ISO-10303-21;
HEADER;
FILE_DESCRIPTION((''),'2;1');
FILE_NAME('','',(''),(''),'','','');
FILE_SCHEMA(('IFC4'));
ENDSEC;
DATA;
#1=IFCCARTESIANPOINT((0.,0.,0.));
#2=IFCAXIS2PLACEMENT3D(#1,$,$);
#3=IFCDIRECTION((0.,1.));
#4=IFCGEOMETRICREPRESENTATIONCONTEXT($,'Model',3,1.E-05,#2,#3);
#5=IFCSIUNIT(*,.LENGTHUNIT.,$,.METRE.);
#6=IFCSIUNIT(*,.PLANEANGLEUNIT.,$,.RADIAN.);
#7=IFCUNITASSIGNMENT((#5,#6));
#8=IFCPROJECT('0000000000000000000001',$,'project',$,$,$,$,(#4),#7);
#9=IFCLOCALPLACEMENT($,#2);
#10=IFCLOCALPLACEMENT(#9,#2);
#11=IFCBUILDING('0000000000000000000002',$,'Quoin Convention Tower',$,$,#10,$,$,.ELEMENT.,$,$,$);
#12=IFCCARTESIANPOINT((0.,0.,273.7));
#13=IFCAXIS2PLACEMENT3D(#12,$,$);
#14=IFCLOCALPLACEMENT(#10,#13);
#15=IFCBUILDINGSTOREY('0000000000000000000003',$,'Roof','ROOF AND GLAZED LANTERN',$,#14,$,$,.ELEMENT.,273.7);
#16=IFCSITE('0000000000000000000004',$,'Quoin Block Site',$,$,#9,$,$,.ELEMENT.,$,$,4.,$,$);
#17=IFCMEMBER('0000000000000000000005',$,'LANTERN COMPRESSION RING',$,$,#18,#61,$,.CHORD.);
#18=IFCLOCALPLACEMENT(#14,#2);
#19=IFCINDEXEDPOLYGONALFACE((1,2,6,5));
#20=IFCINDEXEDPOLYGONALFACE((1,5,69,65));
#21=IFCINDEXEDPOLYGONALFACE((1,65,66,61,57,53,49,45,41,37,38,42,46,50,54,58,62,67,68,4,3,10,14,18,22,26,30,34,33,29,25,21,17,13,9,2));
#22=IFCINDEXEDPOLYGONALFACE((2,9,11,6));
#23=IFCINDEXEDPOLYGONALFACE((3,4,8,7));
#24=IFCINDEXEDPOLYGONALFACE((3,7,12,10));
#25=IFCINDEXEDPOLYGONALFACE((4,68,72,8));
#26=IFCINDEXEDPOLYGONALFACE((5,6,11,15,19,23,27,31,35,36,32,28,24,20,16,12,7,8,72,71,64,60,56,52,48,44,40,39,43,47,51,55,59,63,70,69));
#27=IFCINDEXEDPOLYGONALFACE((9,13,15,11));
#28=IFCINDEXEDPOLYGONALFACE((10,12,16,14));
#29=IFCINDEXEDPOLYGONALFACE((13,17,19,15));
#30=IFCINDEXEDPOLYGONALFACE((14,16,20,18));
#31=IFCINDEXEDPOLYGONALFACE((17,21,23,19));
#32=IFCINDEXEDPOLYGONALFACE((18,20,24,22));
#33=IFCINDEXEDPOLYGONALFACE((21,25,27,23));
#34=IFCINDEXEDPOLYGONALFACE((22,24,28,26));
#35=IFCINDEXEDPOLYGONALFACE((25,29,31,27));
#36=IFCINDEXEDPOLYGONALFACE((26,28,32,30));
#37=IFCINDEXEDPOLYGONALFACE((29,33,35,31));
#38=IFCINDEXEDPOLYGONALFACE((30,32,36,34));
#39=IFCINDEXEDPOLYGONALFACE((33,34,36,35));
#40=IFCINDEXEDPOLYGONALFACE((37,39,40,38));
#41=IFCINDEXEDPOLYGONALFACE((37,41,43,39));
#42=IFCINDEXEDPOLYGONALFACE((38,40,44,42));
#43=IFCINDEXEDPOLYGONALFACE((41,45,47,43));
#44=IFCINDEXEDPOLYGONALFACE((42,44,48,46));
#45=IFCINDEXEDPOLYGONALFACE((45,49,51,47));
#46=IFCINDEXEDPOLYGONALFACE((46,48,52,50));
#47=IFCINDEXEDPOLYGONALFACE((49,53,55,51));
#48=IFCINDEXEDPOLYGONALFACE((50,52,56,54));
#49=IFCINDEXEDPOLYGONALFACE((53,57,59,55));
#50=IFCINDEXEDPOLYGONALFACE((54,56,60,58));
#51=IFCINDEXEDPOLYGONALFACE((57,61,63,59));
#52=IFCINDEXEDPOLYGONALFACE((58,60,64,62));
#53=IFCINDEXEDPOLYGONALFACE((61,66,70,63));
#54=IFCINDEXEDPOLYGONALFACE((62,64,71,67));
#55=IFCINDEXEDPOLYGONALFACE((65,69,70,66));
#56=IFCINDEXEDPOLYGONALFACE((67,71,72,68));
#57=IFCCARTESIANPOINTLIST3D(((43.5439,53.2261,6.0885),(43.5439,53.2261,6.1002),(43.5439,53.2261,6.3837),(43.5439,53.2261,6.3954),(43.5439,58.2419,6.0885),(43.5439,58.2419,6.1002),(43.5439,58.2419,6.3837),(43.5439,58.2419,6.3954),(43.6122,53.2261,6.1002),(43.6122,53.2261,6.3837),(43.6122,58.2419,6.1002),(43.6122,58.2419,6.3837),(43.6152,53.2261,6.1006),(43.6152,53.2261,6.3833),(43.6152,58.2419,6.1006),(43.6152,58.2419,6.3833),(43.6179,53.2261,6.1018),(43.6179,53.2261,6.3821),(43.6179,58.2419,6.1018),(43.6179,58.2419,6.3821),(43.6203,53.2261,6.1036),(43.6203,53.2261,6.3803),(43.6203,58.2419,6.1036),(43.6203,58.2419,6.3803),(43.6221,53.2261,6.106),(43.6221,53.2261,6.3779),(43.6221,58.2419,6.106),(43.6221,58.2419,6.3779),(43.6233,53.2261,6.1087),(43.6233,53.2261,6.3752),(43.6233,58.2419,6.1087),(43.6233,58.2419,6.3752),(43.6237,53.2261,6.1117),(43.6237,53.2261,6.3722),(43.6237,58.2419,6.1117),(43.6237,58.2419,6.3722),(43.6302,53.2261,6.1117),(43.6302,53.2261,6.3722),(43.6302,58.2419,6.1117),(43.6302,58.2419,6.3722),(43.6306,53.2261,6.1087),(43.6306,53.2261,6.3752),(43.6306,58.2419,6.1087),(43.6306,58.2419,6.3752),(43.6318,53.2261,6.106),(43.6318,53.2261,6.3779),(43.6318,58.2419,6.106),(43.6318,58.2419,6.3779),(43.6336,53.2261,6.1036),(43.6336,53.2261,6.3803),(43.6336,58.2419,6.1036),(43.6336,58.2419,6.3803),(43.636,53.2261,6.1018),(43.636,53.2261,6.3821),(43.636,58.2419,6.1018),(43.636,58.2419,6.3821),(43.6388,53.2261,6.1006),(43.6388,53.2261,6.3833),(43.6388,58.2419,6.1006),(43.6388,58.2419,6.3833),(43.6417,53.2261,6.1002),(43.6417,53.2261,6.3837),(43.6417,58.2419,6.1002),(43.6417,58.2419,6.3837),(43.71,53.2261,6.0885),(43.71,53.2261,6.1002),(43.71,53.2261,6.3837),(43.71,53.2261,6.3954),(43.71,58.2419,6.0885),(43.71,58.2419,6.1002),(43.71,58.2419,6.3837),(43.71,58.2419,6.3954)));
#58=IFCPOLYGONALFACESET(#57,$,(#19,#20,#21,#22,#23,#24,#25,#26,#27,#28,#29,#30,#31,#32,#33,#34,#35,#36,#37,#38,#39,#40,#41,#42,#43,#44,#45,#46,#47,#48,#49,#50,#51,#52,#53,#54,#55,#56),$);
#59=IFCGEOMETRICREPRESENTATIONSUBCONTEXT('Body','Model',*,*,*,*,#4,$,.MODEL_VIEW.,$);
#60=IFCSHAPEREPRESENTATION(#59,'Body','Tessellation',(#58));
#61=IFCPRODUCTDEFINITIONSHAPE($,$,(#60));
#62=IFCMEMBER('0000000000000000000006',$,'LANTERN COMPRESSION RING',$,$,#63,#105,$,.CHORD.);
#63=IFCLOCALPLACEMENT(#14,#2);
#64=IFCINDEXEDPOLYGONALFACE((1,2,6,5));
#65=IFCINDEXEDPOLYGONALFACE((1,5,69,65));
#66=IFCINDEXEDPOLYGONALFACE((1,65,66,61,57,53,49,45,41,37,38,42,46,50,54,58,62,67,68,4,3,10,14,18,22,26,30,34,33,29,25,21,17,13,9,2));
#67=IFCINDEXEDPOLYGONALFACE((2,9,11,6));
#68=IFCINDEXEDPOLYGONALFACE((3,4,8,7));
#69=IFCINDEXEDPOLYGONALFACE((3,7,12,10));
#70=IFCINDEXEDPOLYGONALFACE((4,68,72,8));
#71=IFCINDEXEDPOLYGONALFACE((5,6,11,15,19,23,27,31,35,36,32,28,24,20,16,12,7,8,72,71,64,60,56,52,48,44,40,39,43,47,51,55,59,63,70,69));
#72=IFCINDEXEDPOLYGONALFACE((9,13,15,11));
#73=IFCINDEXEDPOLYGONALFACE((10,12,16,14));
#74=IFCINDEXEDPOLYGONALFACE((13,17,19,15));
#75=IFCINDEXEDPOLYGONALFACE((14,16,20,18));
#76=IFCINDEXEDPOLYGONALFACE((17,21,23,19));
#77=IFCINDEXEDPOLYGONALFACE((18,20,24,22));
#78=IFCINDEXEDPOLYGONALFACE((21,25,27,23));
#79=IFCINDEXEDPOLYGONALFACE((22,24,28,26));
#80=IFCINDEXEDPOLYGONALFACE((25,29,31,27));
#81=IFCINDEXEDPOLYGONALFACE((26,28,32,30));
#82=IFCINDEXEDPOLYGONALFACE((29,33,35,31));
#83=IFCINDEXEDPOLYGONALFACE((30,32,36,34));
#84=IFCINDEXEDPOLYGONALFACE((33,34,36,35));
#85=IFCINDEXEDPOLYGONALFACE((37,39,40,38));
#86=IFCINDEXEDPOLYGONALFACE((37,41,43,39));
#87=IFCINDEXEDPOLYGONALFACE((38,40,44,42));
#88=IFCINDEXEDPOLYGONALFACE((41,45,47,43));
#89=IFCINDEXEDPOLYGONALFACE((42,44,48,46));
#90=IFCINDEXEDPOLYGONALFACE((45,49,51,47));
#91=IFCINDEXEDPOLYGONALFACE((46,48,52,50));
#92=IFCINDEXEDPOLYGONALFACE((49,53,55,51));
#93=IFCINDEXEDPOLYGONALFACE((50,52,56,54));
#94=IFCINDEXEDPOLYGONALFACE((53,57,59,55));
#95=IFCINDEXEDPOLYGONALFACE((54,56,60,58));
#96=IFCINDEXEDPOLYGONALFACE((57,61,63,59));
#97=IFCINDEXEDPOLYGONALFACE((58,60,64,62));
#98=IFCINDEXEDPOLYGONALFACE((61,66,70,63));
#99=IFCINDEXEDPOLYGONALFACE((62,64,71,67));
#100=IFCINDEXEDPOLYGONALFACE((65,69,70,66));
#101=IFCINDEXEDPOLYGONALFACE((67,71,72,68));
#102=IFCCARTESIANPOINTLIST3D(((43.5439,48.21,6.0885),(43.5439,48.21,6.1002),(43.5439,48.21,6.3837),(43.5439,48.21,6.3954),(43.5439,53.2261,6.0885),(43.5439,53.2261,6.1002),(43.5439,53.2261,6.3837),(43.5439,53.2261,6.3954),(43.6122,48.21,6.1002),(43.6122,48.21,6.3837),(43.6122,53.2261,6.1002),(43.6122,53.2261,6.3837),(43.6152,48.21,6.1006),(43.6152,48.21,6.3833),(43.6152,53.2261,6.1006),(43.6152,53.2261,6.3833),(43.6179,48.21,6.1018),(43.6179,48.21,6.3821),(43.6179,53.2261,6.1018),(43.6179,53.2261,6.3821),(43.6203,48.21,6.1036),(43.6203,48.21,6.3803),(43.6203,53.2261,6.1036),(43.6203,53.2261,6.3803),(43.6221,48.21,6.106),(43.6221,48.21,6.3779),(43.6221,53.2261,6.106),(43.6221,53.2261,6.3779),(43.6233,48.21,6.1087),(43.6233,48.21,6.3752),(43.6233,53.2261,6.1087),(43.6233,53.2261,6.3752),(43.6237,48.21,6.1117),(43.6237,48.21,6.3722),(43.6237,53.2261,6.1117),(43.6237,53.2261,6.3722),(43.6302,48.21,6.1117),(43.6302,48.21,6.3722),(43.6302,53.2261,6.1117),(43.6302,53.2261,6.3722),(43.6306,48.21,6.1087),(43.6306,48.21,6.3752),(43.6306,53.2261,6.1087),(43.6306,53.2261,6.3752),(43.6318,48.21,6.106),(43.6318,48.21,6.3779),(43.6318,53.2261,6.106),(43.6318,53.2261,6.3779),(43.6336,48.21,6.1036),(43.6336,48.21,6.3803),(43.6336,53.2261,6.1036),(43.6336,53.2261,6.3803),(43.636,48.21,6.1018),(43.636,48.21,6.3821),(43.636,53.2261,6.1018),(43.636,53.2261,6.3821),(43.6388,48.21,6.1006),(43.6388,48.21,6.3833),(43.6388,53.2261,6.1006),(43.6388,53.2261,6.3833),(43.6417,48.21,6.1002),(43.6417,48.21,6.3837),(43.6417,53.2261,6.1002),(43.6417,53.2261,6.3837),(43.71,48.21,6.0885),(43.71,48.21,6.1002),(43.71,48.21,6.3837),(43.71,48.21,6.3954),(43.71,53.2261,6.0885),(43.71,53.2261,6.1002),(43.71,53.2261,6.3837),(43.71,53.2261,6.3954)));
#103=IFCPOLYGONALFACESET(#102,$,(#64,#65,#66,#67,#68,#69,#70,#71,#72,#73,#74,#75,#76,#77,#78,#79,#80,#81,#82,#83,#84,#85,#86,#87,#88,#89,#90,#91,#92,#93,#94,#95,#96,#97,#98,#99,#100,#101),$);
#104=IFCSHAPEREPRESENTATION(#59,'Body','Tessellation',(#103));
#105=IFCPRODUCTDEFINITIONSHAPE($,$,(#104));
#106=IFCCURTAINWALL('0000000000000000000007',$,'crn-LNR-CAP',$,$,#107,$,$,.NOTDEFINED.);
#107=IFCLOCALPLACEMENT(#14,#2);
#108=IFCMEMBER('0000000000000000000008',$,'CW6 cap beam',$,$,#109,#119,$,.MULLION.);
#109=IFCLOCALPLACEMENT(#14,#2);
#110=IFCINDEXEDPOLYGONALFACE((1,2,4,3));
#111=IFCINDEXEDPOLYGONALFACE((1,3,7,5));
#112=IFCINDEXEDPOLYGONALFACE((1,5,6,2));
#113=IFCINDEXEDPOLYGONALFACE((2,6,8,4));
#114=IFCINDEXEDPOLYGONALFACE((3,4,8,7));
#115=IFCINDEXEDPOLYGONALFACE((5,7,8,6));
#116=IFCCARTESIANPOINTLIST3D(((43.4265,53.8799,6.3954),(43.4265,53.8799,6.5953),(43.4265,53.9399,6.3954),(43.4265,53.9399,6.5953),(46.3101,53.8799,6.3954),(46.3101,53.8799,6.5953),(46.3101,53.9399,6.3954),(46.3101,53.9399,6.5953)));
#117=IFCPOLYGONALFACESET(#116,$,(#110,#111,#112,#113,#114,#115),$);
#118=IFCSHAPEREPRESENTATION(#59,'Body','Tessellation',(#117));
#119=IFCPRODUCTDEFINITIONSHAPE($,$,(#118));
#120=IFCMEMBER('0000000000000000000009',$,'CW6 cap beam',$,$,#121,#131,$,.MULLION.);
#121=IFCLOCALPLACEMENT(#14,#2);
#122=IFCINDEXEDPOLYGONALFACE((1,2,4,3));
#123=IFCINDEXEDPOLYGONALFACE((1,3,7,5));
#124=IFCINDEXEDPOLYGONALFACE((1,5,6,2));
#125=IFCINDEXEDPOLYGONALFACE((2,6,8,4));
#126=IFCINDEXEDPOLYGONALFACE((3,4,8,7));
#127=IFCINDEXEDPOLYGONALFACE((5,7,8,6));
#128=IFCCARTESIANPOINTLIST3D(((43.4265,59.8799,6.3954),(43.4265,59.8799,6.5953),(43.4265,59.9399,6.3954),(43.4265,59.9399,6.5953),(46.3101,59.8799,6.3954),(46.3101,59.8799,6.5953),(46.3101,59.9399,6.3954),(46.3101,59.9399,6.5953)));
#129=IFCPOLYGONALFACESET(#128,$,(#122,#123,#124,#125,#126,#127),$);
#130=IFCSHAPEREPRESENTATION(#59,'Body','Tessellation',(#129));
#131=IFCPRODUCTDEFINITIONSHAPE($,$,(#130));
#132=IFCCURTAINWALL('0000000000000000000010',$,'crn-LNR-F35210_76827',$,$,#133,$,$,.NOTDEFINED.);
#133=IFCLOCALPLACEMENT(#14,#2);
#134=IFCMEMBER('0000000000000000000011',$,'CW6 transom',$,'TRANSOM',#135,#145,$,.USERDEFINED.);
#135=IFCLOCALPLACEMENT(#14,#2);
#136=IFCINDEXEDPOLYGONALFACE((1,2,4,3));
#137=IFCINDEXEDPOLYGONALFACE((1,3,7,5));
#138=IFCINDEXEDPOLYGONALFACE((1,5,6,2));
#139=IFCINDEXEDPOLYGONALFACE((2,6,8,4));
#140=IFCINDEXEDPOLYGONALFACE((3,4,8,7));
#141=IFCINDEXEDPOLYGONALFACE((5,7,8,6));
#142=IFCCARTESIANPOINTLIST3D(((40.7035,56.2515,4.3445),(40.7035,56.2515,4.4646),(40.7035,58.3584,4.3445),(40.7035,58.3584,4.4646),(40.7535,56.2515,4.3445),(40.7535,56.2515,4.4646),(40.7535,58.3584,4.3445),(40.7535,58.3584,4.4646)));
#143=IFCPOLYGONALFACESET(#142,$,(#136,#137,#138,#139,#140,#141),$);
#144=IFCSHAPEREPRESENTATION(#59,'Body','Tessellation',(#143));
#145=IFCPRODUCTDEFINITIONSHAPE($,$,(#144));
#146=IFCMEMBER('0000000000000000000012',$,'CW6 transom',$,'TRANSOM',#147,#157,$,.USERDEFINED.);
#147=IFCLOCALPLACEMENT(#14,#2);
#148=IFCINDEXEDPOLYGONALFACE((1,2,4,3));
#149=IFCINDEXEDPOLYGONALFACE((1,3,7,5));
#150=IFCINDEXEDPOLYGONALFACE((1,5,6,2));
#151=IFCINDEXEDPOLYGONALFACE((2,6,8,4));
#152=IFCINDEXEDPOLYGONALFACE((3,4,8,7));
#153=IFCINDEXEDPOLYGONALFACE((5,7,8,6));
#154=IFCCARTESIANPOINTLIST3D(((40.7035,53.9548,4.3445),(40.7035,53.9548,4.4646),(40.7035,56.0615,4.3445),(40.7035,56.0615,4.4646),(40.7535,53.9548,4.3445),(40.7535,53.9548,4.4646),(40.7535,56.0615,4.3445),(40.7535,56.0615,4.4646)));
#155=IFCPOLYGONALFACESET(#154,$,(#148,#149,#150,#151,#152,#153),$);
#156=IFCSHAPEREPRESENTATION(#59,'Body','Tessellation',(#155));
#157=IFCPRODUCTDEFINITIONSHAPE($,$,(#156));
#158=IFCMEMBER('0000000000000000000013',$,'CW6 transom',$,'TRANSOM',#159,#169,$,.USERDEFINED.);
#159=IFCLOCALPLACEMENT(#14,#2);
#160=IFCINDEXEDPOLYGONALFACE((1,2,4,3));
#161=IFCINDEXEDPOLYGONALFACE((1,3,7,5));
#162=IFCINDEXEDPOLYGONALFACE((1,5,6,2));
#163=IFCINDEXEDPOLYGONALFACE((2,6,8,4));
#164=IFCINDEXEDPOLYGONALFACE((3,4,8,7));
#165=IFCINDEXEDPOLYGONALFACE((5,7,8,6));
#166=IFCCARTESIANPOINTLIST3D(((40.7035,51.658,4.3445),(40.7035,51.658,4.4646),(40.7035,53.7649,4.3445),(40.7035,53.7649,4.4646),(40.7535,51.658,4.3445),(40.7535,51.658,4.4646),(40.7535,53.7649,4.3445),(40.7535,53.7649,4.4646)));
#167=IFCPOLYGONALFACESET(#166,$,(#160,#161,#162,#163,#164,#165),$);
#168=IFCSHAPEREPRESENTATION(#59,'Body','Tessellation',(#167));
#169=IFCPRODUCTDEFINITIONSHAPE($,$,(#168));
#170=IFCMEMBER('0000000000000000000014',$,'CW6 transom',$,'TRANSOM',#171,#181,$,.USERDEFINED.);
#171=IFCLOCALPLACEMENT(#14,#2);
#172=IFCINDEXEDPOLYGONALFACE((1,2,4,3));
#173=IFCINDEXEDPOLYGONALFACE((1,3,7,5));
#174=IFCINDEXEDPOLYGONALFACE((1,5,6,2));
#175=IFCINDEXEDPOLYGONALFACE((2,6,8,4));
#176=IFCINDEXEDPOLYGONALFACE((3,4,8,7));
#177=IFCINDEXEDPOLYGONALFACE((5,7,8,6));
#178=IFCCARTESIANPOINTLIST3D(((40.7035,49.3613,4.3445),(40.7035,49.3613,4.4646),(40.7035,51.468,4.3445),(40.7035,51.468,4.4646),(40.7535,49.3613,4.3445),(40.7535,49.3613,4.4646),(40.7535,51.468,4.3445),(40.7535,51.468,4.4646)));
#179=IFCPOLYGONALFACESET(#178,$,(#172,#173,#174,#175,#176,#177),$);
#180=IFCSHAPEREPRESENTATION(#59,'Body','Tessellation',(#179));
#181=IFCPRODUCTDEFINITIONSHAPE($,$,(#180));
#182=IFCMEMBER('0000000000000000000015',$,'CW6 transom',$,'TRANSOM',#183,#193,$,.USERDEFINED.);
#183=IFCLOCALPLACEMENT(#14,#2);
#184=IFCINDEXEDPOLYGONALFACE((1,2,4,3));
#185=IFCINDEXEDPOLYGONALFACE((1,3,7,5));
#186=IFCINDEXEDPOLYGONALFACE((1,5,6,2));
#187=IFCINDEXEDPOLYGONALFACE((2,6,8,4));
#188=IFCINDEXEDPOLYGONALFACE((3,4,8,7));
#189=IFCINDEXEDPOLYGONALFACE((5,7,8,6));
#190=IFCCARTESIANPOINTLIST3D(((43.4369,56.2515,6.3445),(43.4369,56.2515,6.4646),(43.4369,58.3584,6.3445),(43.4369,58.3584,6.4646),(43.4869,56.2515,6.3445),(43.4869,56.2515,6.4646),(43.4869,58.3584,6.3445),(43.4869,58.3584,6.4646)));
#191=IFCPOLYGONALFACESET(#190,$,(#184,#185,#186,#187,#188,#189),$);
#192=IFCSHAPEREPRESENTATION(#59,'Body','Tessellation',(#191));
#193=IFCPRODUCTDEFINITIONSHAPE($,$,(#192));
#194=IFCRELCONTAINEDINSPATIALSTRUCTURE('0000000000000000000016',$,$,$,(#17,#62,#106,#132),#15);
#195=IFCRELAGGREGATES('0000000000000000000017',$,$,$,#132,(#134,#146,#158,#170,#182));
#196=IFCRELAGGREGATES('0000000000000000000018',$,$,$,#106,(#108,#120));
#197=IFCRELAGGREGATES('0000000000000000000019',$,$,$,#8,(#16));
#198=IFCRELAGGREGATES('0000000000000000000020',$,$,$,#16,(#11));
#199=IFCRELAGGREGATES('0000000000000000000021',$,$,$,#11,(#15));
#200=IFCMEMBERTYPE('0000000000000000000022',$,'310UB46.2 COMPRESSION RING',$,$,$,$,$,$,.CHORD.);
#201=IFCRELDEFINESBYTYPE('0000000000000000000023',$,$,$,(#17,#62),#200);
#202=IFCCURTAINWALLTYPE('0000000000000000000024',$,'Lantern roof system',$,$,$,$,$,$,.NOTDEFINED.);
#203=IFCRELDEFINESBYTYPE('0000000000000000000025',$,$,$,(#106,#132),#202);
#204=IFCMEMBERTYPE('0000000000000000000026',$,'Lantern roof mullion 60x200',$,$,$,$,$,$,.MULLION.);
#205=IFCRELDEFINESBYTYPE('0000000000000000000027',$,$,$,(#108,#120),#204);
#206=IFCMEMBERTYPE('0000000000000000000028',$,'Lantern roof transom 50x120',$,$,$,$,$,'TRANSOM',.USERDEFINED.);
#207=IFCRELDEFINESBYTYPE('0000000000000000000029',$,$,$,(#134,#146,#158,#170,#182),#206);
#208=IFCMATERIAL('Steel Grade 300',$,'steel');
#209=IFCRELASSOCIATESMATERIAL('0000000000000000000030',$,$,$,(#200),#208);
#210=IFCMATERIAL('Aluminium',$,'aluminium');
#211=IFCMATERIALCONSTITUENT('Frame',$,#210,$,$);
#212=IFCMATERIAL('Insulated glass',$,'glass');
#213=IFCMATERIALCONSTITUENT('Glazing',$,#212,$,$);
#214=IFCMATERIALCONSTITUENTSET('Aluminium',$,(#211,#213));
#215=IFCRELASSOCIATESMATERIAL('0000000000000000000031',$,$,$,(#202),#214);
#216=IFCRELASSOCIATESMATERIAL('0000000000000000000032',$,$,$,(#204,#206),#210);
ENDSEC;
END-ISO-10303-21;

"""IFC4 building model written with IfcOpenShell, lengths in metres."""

from ifc_helpers import new_model, si_unit, direction, frame, origin, origin_2d, place, context, subcontext, project, spatial, rectangle, i_section, extrude, material, constituent, constituent_set, material_profile, profile_set, type_object, element, aggregate, save


model = new_model("IFC4")

# Units and contexts
model_context = context("Model", 3, precision=1e-05, world=origin(), true_north=direction((0.0, 1.0)))
body_context = subcontext(model_context, "Body", "Model", "MODEL_VIEW")
ifc_project = project(units=[si_unit("LENGTHUNIT", "METRE"), si_unit("PLANEANGLEUNIT", "RADIAN")], contexts=[model_context])

# Site, building, storey
site_placement = place(None, origin())
site = spatial("IfcSite", under=ifc_project, at=site_placement, Name="Quoin Block Site", CompositionType="ELEMENT", RefElevation=4.0)
building_placement = place(site_placement, origin())
building = spatial("IfcBuilding", under=site, at=building_placement, Name="Quoin Convention Tower", CompositionType="ELEMENT")
storey_placement = place(building_placement, frame((0.0, 0.0, 273.7)))
storey = spatial("IfcBuildingStorey", under=building, at=storey_placement, Name="Roof", Description="ROOF AND GLAZED LANTERN", CompositionType="ELEMENT", Elevation=273.7)

# Members
ifc_material_1 = material(Name="Steel Grade 300", Category="steel")
ifc_material_profile_1 = material_profile(ifc_material_1, i_section(OverallWidth=0.166, OverallDepth=0.3069, WebThickness=0.0066, FlangeThickness=0.0117, FilletRadius=0.0115, at=origin_2d()), Name="310UB46.2")
ifc_profile_set_1 = profile_set([ifc_material_profile_1], Name="Steel Grade 300")
member_type_1 = type_object("IfcMemberType", Name="310UB46.2 COMPRESSION RING", PredefinedType="CHORD", material=ifc_profile_set_1)
member_1_placement = place(storey_placement, frame((43.627, 58.2419, 6.2419), z_axis=(0.0, -1.0, 0.0), x_axis=(1.0, 0.0, 0.0)))
element("IfcMember", 1, at=member_1_placement, inside=storey, type_object=member_type_1, Name="LANTERN COMPRESSION RING", PredefinedType="CHORD", context=body_context, shape_type="SweptSolid", body=[
    extrude(i_section(OverallWidth=0.166, OverallDepth=0.3069, WebThickness=0.0066, FlangeThickness=0.0117, FilletRadius=0.0115, at=origin_2d()), origin(), (0.0, 0.0, 1.0), 5.0159),
])
member_2_placement = place(storey_placement, frame((43.627, 53.2261, 6.2419), z_axis=(0.0, -1.0, 0.0), x_axis=(1.0, 0.0, 0.0)))
element("IfcMember", 2, at=member_2_placement, inside=storey, type_object=member_type_1, Name="LANTERN COMPRESSION RING", PredefinedType="CHORD", context=body_context, shape_type="SweptSolid", body=[
    extrude(i_section(OverallWidth=0.166, OverallDepth=0.3069, WebThickness=0.0066, FlangeThickness=0.0117, FilletRadius=0.0115, at=origin_2d()), origin(), (0.0, 0.0, 1.0), 5.0161),
])

# Curtain walls, members
ifc_material_2 = material(Name="Aluminium", Category="aluminium")
ifc_constituent_1 = constituent(ifc_material_2, Name="Frame")
ifc_material_3 = material(Name="Insulated glass", Category="glass")
ifc_constituent_2 = constituent(ifc_material_3, Name="Glazing")
ifc_constituent_set = constituent_set(constituents=[ifc_constituent_1, ifc_constituent_2], Name="Aluminium")
curtain_wall_type = type_object("IfcCurtainWallType", Name="Lantern roof system", PredefinedType="NOTDEFINED", material=ifc_constituent_set)
curtain_wall_1_placement = place(storey_placement, origin())
curtain_wall_1 = element("IfcCurtainWall", 3, at=curtain_wall_1_placement, inside=storey, type_object=curtain_wall_type, Name="crn-LNR-CAP", PredefinedType="NOTDEFINED")
ifc_material_profile_2 = material_profile(ifc_material_2, rectangle(XDim=0.2, YDim=0.0601, at=origin_2d()), Name="Lantern roof mullion 60x200")
ifc_profile_set_2 = profile_set([ifc_material_profile_2], Name="Aluminium")
member_type_2 = type_object("IfcMemberType", Name="Lantern roof mullion 60x200", PredefinedType="MULLION", material=ifc_profile_set_2)
member_3_placement = place(storey_placement, frame((43.4265, 53.9099, 6.4954), z_axis=(1.0, 0.0, 0.0), x_axis=(0.0, 0.0, 1.0)))
member_3 = element("IfcMember", 4, at=member_3_placement, type_object=member_type_2, Name="CW6 cap beam", PredefinedType="MULLION", context=body_context, shape_type="SweptSolid", body=[
    extrude(rectangle(XDim=0.2, YDim=0.0601, at=origin_2d()), origin(), (0.0, 0.0, 1.0), 2.8835),
])
member_4_placement = place(storey_placement, frame((43.4265, 59.9099, 6.4954), z_axis=(1.0, 0.0, 0.0), x_axis=(0.0, 0.0, 1.0)))
member_4 = element("IfcMember", 5, at=member_4_placement, type_object=member_type_2, Name="CW6 cap beam", PredefinedType="MULLION", context=body_context, shape_type="SweptSolid", body=[
    extrude(rectangle(XDim=0.2, YDim=0.0601, at=origin_2d()), origin(), (0.0, 0.0, 1.0), 2.8835),
])
curtain_wall_2_placement = place(storey_placement, origin())
curtain_wall_2 = element("IfcCurtainWall", 6, at=curtain_wall_2_placement, inside=storey, type_object=curtain_wall_type, Name="crn-LNR-F35210_76827", PredefinedType="NOTDEFINED")
ifc_material_profile_3 = material_profile(ifc_material_2, rectangle(XDim=0.1201, YDim=0.05, at=origin_2d()), Name="Lantern roof transom 50x120")
ifc_profile_set_3 = profile_set([ifc_material_profile_3], Name="Aluminium")
member_type_3 = type_object("IfcMemberType", Name="Lantern roof transom 50x120", ElementType="TRANSOM", PredefinedType="USERDEFINED", material=ifc_profile_set_3)
member_5_placement = place(storey_placement, frame((40.7285, 58.3584, 4.4045), z_axis=(0.0, -1.0, 0.0), x_axis=(0.0, 0.0, 1.0)))
member_5 = element("IfcMember", 7, at=member_5_placement, type_object=member_type_3, Name="CW6 transom", ObjectType="TRANSOM", PredefinedType="USERDEFINED", context=body_context, shape_type="SweptSolid", body=[
    extrude(rectangle(XDim=0.1201, YDim=0.05, at=origin_2d()), origin(), (0.0, 0.0, 1.0), 2.1069),
])
member_6_placement = place(storey_placement, frame((40.7285, 56.0615, 4.4045), z_axis=(0.0, -1.0, 0.0), x_axis=(0.0, 0.0, 1.0)))
member_6 = element("IfcMember", 8, at=member_6_placement, type_object=member_type_3, Name="CW6 transom", ObjectType="TRANSOM", PredefinedType="USERDEFINED", context=body_context, shape_type="SweptSolid", body=[
    extrude(rectangle(XDim=0.1201, YDim=0.05, at=origin_2d()), origin(), (0.0, 0.0, 1.0), 2.1067),
])
member_7_placement = place(storey_placement, frame((40.7285, 53.7649, 4.4045), z_axis=(0.0, -1.0, 0.0), x_axis=(0.0, 0.0, 1.0)))
member_7 = element("IfcMember", 9, at=member_7_placement, type_object=member_type_3, Name="CW6 transom", ObjectType="TRANSOM", PredefinedType="USERDEFINED", context=body_context, shape_type="SweptSolid", body=[
    extrude(rectangle(XDim=0.1201, YDim=0.05, at=origin_2d()), origin(), (0.0, 0.0, 1.0), 2.1069),
])
member_8_placement = place(storey_placement, frame((40.7285, 51.468, 4.4045), z_axis=(0.0, -1.0, 0.0), x_axis=(0.0, 0.0, 1.0)))
member_8 = element("IfcMember", 10, at=member_8_placement, type_object=member_type_3, Name="CW6 transom", ObjectType="TRANSOM", PredefinedType="USERDEFINED", context=body_context, shape_type="SweptSolid", body=[
    extrude(rectangle(XDim=0.1201, YDim=0.05, at=origin_2d()), origin(), (0.0, 0.0, 1.0), 2.1067),
])
member_9_placement = place(storey_placement, frame((43.4619, 58.3584, 6.4045), z_axis=(0.0, -1.0, 0.0), x_axis=(0.0, 0.0, 1.0)))
member_9 = element("IfcMember", 11, at=member_9_placement, type_object=member_type_3, Name="CW6 transom", ObjectType="TRANSOM", PredefinedType="USERDEFINED", context=body_context, shape_type="SweptSolid", body=[
    extrude(rectangle(XDim=0.1201, YDim=0.05, at=origin_2d()), origin(), (0.0, 0.0, 1.0), 2.1069),
])

aggregate(curtain_wall_2, [member_5, member_6, member_7, member_8, member_9])
aggregate(curtain_wall_1, [member_3, member_4])

save(model, "model.ifc")
